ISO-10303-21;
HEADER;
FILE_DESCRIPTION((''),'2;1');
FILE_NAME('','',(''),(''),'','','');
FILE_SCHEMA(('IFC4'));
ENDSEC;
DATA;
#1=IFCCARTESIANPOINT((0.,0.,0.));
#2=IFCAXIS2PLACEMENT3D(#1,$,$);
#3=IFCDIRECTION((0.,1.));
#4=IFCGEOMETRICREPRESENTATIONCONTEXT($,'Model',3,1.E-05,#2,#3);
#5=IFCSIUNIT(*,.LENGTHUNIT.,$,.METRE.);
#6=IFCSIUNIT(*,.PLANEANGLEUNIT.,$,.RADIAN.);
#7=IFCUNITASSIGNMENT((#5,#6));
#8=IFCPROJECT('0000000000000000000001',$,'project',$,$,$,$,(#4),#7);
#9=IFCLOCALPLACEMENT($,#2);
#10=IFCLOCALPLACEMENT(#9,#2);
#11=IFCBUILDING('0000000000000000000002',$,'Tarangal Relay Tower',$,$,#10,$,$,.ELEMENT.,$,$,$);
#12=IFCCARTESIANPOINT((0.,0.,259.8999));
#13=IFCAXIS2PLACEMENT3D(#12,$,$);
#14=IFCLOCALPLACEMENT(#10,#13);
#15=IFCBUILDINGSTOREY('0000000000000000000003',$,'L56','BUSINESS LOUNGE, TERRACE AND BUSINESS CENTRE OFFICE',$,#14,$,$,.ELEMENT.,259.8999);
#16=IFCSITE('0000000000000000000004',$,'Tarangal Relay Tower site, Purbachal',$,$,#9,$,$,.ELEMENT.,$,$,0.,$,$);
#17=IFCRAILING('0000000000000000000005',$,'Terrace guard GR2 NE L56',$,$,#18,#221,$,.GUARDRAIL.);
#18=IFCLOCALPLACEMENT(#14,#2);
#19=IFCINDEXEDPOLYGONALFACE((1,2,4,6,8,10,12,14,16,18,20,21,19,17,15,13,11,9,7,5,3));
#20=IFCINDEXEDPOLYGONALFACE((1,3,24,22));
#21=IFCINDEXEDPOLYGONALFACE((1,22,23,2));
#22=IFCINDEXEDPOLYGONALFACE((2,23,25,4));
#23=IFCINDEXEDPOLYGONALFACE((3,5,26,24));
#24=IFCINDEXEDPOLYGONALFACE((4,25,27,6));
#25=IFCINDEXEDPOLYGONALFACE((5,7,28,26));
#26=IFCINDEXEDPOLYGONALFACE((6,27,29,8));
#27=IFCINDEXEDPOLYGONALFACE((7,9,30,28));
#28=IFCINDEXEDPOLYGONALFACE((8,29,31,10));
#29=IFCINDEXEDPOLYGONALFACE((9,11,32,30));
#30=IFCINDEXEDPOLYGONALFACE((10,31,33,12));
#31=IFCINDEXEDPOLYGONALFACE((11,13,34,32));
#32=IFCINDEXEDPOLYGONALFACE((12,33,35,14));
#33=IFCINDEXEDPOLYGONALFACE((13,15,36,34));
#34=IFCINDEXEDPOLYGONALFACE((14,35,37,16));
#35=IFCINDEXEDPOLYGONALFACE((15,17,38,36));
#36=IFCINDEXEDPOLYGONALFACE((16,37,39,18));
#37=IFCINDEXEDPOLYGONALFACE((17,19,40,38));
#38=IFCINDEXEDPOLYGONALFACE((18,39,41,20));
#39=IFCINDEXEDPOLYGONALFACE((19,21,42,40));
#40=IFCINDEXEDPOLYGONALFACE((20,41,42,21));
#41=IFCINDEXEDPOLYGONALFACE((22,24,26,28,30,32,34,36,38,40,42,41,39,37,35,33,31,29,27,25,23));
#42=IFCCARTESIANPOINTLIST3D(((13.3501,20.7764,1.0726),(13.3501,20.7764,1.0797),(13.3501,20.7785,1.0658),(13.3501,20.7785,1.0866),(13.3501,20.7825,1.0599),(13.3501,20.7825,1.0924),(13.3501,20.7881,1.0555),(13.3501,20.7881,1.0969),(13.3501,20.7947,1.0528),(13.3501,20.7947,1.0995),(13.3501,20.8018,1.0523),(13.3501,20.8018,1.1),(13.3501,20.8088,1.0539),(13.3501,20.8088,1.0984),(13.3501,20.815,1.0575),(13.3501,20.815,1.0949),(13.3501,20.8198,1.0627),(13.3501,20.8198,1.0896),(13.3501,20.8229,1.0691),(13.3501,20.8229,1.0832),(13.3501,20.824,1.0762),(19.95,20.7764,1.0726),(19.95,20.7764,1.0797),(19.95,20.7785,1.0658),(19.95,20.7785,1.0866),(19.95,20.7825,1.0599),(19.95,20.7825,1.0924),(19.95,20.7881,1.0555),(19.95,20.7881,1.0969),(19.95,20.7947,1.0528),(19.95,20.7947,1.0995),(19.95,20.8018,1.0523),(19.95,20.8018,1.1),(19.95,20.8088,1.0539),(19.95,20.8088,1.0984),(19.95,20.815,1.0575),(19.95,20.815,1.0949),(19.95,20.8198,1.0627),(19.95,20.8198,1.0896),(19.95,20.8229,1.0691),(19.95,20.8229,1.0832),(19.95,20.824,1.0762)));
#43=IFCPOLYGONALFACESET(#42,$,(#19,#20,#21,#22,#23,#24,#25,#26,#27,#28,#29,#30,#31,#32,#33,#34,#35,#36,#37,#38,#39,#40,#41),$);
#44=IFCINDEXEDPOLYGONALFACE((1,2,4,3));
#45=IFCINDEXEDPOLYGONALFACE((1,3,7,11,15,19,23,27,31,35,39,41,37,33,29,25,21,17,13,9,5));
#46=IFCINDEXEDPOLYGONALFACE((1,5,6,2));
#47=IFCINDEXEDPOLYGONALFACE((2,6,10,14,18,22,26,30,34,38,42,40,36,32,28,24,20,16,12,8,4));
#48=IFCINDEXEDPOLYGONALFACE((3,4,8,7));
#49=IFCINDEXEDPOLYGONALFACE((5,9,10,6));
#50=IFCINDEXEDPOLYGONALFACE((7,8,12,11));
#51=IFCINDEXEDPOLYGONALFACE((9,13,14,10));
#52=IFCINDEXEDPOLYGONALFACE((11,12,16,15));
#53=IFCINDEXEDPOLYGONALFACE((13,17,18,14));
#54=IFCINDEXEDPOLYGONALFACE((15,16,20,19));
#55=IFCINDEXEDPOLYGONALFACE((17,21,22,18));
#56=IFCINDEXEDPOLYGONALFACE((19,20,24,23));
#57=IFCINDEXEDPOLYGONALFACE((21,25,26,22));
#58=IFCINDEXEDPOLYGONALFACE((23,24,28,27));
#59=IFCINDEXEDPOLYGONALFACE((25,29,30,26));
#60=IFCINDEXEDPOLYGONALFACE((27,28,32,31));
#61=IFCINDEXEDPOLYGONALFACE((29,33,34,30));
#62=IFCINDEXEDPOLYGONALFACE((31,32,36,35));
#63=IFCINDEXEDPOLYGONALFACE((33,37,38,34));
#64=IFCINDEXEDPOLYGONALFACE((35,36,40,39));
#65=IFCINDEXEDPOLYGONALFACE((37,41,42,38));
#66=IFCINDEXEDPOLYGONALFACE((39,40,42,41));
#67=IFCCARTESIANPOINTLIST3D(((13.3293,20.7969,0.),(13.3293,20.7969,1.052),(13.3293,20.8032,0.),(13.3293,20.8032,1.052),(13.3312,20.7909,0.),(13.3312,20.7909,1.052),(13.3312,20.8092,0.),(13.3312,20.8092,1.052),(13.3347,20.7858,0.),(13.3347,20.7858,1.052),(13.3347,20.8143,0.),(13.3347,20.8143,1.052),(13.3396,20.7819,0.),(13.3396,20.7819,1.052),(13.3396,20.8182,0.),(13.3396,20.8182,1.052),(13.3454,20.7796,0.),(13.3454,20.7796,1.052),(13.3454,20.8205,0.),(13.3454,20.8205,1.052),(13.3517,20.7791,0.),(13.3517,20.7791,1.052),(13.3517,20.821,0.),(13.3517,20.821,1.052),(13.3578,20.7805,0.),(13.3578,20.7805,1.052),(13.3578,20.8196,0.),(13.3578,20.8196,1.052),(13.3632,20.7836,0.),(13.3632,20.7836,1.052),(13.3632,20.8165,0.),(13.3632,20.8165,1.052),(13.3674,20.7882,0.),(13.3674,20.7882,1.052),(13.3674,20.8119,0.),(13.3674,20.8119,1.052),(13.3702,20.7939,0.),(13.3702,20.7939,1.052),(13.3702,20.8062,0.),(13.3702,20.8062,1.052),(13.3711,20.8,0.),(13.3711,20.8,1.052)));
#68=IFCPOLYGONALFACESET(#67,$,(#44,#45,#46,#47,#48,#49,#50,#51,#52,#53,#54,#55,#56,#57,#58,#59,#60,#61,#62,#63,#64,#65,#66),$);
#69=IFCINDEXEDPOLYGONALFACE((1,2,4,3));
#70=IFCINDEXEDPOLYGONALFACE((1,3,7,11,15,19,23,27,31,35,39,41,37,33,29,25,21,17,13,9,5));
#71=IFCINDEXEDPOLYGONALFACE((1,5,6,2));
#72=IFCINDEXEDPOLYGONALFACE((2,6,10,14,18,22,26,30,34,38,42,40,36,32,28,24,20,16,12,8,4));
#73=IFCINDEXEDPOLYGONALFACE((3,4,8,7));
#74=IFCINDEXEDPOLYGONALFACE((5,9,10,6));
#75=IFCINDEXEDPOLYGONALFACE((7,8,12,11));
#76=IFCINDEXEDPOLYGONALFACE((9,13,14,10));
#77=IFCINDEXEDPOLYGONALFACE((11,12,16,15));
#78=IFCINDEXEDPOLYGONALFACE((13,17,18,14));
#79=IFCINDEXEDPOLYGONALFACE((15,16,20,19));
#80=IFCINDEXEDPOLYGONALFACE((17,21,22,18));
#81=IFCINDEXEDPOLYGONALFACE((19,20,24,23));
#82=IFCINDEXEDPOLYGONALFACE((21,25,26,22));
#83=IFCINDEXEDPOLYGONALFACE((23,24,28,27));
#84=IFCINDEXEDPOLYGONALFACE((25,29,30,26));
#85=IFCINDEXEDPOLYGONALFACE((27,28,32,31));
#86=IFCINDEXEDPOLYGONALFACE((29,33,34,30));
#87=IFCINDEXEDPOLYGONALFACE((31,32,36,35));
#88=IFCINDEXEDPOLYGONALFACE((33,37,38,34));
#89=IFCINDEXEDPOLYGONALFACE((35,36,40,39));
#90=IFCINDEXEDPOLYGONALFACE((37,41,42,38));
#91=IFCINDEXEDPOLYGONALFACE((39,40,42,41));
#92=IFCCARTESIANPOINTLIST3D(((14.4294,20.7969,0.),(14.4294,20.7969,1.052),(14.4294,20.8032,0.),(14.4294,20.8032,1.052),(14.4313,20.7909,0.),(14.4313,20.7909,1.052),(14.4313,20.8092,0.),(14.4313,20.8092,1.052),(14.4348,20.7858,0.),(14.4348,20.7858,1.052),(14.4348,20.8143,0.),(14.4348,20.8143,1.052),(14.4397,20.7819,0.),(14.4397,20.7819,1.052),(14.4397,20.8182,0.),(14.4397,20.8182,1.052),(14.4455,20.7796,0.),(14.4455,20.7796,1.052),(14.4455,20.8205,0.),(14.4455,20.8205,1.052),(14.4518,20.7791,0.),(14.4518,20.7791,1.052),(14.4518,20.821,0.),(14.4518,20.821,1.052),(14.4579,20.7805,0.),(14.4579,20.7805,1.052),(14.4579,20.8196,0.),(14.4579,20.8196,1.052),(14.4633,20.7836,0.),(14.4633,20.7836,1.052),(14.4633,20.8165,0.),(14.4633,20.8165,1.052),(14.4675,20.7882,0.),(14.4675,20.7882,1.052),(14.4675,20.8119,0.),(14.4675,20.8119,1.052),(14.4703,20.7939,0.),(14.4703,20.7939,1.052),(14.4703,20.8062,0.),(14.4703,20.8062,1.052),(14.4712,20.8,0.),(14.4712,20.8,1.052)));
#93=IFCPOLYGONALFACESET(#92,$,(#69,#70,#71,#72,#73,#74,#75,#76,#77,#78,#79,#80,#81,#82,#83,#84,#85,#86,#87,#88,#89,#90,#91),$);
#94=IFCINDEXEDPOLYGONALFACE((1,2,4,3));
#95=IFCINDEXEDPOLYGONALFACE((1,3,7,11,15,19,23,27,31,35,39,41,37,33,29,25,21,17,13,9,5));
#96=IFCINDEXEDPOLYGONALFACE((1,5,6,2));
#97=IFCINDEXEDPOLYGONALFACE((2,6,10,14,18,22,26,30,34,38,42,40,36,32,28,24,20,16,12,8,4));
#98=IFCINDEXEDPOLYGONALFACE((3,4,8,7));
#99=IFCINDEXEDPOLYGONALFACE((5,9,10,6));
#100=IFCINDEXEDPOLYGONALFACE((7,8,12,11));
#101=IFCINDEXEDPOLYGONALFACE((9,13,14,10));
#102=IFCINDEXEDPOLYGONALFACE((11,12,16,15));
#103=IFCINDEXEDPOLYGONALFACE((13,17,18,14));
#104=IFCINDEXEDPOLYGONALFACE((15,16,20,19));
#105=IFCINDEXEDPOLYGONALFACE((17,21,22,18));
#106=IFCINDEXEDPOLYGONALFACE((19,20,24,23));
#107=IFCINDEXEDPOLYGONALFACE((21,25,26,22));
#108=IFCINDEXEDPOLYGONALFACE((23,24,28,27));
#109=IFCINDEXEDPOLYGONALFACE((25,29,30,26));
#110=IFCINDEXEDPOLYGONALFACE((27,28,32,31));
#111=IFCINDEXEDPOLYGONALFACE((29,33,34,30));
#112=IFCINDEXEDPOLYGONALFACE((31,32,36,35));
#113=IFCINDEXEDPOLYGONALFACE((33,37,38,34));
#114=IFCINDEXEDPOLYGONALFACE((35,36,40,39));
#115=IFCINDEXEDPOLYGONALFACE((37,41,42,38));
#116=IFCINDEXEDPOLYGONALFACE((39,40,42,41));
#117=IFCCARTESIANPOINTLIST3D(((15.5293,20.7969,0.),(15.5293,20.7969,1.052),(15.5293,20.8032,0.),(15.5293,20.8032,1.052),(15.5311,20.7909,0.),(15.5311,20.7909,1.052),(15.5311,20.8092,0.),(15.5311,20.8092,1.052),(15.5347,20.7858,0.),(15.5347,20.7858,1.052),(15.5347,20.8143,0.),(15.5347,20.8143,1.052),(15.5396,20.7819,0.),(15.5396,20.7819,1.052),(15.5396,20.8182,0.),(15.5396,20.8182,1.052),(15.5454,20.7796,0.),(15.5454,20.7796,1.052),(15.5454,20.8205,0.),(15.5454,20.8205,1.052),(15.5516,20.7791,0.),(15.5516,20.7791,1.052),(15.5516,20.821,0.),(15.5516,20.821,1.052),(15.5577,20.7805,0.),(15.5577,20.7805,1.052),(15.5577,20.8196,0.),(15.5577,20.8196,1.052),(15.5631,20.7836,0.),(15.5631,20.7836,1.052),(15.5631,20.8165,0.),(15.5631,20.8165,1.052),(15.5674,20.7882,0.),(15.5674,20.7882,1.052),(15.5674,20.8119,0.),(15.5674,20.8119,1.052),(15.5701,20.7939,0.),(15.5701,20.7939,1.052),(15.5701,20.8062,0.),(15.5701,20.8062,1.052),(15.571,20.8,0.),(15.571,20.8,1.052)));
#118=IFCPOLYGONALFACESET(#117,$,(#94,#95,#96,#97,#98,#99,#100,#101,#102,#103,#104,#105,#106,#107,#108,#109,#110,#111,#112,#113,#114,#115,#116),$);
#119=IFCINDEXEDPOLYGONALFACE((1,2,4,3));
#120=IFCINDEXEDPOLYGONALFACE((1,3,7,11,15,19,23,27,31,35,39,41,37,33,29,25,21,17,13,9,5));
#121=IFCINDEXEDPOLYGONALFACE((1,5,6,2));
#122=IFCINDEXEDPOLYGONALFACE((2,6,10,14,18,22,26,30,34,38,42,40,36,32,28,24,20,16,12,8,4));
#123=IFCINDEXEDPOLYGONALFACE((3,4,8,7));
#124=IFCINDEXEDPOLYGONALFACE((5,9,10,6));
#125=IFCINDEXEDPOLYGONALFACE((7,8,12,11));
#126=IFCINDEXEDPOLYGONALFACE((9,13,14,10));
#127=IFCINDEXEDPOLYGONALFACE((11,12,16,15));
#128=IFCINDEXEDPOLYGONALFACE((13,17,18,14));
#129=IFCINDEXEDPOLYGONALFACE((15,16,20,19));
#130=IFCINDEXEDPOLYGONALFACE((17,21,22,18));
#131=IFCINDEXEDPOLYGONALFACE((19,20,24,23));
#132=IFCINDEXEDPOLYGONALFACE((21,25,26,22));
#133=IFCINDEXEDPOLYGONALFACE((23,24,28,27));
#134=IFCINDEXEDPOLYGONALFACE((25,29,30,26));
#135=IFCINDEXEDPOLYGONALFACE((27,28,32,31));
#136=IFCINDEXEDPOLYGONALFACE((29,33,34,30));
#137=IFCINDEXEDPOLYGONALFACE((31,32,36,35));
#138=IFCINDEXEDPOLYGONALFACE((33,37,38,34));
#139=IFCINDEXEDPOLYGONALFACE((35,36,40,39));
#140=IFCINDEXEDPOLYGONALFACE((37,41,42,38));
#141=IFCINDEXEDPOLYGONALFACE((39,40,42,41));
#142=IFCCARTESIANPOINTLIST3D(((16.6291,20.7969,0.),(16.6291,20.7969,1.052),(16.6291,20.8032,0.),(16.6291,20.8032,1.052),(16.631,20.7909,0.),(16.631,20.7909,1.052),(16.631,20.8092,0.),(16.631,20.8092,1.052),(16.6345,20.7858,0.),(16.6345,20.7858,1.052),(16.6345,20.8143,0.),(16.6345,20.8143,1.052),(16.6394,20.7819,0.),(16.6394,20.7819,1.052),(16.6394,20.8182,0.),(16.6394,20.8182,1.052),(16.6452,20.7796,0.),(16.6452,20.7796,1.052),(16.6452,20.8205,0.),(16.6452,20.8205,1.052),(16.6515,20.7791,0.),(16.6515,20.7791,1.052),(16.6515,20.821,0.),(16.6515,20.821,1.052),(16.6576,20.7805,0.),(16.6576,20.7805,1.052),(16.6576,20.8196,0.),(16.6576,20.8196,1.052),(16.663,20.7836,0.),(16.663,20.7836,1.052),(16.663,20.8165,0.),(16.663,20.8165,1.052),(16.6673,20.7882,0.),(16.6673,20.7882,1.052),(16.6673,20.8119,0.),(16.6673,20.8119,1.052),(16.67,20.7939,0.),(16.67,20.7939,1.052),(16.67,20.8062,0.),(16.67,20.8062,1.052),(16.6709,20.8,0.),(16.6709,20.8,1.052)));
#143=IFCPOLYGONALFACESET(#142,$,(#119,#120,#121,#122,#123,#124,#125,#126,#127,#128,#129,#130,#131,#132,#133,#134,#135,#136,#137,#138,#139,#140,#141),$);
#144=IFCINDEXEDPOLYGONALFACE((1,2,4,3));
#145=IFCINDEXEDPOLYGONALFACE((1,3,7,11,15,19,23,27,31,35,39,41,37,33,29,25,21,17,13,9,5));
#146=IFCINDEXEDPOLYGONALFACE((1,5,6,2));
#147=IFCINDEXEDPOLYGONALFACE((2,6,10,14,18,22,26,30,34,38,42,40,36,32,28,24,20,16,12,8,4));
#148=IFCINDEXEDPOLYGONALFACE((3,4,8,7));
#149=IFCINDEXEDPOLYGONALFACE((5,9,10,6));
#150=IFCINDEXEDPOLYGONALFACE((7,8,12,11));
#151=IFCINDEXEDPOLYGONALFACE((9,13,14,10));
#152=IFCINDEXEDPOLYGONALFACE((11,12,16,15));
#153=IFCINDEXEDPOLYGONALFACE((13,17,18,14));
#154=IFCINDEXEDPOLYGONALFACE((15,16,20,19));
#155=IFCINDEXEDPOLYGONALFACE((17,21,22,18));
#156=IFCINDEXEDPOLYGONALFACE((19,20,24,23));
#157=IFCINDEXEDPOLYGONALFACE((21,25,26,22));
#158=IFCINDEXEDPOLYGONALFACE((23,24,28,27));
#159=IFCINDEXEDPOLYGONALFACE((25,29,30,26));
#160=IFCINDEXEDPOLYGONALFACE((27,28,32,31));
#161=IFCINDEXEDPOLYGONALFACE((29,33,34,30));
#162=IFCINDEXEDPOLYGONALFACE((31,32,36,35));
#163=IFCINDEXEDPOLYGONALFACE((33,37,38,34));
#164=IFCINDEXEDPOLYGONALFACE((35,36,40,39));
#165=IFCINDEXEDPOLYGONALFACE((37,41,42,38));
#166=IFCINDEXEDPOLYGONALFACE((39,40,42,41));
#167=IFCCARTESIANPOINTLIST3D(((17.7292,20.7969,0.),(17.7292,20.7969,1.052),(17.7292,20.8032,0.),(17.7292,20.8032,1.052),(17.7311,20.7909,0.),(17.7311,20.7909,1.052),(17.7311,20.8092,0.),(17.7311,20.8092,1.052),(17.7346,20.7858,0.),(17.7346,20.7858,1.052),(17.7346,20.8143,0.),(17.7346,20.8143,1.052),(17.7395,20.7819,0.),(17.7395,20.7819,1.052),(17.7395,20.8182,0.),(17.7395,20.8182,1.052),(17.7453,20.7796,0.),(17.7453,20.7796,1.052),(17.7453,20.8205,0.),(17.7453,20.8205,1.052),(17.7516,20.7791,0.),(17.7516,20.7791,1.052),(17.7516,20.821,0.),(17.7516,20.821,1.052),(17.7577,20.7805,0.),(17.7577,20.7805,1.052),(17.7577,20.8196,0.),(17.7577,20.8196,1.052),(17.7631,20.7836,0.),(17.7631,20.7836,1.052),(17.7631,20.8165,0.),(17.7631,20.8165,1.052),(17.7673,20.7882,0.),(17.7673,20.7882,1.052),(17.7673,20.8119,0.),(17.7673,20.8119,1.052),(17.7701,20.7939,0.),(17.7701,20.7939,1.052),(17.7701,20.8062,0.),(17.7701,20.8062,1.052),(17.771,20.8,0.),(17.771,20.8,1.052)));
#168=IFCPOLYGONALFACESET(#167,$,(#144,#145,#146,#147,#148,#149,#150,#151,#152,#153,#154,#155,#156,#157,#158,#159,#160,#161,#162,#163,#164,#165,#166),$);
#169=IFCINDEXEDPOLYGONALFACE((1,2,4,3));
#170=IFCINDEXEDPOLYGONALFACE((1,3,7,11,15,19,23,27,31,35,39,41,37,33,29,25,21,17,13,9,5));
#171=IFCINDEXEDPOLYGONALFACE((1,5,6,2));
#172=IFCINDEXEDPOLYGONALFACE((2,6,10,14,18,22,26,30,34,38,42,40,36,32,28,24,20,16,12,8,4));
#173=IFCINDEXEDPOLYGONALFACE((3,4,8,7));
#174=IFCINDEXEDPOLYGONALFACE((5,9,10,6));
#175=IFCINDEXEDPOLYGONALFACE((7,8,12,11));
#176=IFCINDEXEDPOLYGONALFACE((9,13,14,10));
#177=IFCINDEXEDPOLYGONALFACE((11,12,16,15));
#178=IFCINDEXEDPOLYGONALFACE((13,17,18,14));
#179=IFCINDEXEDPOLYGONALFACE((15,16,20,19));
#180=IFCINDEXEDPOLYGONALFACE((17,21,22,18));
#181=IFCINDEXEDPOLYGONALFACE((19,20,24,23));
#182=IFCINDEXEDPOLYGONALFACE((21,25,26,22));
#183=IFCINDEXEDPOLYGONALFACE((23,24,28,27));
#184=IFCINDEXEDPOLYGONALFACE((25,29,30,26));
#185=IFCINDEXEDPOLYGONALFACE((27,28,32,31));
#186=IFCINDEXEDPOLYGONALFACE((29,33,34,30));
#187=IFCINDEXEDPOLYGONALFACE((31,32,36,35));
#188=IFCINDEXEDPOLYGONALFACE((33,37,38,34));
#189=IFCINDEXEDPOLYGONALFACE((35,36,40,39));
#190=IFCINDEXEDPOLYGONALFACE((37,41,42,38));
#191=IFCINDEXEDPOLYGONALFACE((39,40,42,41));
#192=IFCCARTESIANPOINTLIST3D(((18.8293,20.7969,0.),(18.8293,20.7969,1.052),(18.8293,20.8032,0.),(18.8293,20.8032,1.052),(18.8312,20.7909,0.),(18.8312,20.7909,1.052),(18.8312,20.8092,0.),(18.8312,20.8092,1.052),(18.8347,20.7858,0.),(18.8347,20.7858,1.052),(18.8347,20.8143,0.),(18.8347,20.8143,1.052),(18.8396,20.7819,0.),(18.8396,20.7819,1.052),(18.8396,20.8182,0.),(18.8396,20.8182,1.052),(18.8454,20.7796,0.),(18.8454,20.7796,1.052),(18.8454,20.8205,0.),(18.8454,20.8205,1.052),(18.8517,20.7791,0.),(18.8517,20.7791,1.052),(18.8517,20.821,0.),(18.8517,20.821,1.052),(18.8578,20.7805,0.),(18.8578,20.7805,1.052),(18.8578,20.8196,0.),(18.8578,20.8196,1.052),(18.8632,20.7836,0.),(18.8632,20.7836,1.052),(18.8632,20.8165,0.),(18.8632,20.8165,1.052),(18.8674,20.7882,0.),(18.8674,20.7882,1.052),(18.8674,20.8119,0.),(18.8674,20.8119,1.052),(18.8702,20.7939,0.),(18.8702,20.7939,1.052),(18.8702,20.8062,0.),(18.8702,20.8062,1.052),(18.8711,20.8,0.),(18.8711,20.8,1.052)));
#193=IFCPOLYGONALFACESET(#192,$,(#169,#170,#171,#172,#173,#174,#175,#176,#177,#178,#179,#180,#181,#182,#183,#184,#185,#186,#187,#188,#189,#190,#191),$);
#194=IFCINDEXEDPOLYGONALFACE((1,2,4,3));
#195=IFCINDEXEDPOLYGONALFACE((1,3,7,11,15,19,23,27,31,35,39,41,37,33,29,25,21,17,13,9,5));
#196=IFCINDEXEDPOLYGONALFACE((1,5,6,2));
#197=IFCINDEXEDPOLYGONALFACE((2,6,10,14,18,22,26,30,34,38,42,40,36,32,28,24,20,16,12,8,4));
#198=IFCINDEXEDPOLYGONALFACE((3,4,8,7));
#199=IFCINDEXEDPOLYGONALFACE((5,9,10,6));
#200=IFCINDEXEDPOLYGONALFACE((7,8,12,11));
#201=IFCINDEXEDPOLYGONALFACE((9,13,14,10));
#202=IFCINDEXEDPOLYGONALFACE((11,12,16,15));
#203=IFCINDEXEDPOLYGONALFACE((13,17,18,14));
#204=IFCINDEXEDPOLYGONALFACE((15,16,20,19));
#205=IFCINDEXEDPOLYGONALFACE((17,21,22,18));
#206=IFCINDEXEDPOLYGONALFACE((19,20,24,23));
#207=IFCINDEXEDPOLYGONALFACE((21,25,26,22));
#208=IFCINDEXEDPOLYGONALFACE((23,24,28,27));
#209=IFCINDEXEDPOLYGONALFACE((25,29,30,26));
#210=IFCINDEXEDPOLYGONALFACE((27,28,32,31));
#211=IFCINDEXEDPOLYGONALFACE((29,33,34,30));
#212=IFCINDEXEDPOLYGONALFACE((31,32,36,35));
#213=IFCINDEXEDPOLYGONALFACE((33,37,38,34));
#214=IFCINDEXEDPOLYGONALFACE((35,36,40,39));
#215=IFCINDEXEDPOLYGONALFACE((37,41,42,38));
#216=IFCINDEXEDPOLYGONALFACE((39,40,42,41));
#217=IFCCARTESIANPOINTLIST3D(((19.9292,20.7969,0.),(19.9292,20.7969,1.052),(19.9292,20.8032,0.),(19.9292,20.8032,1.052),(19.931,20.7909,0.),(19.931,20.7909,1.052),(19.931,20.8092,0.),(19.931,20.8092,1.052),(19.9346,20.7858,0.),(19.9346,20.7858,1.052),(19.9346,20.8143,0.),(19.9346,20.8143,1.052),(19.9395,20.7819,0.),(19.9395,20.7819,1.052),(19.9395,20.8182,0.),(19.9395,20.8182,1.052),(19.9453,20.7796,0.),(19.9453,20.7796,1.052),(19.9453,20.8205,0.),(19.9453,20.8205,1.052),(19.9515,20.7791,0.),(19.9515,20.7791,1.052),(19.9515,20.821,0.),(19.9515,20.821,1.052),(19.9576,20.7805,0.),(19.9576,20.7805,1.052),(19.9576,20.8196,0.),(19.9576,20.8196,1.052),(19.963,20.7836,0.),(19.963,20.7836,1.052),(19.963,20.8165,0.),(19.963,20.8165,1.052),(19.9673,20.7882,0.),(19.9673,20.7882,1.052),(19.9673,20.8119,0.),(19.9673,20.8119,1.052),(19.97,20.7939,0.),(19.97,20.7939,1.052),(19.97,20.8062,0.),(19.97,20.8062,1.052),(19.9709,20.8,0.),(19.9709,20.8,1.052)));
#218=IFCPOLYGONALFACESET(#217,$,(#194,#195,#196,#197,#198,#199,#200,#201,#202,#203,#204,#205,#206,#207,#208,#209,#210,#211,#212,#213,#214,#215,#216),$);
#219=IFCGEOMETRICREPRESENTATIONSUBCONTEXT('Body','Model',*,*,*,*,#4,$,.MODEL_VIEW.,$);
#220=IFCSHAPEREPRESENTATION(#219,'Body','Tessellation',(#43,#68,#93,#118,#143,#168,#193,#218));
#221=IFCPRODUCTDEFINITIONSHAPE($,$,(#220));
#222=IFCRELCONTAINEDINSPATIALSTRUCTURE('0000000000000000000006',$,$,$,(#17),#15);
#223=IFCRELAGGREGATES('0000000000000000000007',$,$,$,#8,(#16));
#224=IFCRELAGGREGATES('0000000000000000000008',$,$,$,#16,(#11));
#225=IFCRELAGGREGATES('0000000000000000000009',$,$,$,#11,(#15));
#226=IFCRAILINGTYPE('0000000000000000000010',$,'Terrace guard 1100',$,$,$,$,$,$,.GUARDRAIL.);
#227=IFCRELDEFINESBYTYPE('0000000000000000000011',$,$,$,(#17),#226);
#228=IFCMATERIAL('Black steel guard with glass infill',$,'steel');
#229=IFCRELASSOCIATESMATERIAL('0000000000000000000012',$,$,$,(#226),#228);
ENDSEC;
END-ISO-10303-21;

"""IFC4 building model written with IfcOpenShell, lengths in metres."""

from ifc_helpers import new_model, si_unit, direction, frame, origin, origin_2d, place, context, subcontext, project, spatial, circle, extrude, material, type_object, element, save


model = new_model("IFC4")

# Units and contexts
model_context = context("Model", 3, precision=1e-05, world=origin(), true_north=direction((0.0, 1.0)))
body_context = subcontext(model_context, "Body", "Model", "MODEL_VIEW")
ifc_project = project(units=[si_unit("LENGTHUNIT", "METRE"), si_unit("PLANEANGLEUNIT", "RADIAN")], contexts=[model_context])

# Site, building, storey
site_placement = place(None, origin())
site = spatial("IfcSite", under=ifc_project, at=site_placement, Name="Tarangal Relay Tower site, Purbachal", CompositionType="ELEMENT", RefElevation=0.0)
building_placement = place(site_placement, origin())
building = spatial("IfcBuilding", under=site, at=building_placement, Name="Tarangal Relay Tower", CompositionType="ELEMENT")
storey_placement = place(building_placement, frame((0.0, 0.0, 259.8999)))
storey = spatial("IfcBuildingStorey", under=building, at=storey_placement, Name="L56", Description="BUSINESS LOUNGE, TERRACE AND BUSINESS CENTRE OFFICE", CompositionType="ELEMENT", Elevation=259.8999)

# Railing
ifc_material_1 = material(Name="Black steel guard with glass infill", Category="steel")
railing_type = type_object("IfcRailingType", Name="Terrace guard 1100", PredefinedType="GUARDRAIL", material=ifc_material_1)
railing_1_placement = place(storey_placement, frame((13.3501, 20.8, 0.0)))
element("IfcRailing", 1, at=railing_1_placement, inside=storey, type_object=railing_type, Name="Terrace guard GR2 NE L56", PredefinedType="GUARDRAIL", context=body_context, shape_type="SweptSolid", body=[
    extrude(circle(Radius=0.0239, at=origin_2d()), frame((0.0, 0.0, 1.0762), z_axis=(1.0, 0.0, 0.0), x_axis=(0.0, 1.0, 0.0)), (0.0, 0.0, 1.0), 6.5999),
    extrude(circle(Radius=0.021, at=origin_2d()), origin(), (0.0, 0.0, 1.0), 1.052),
    extrude(circle(Radius=0.021, at=origin_2d()), frame((1.1001, 0.0, 0.0)), (0.0, 0.0, 1.0), 1.052),
    extrude(circle(Radius=0.021, at=origin_2d()), frame((2.2, 0.0, 0.0)), (0.0, 0.0, 1.0), 1.052),
    extrude(circle(Radius=0.021, at=origin_2d()), frame((3.2998, 0.0, 0.0)), (0.0, 0.0, 1.0), 1.052),
    extrude(circle(Radius=0.021, at=origin_2d()), frame((4.3999, 0.0, 0.0)), (0.0, 0.0, 1.0), 1.052),
    extrude(circle(Radius=0.021, at=origin_2d()), frame((5.5, 0.0, 0.0)), (0.0, 0.0, 1.0), 1.052),
    extrude(circle(Radius=0.021, at=origin_2d()), frame((6.5999, 0.0, 0.0)), (0.0, 0.0, 1.0), 1.052),
])

save(model, "model.ifc")
